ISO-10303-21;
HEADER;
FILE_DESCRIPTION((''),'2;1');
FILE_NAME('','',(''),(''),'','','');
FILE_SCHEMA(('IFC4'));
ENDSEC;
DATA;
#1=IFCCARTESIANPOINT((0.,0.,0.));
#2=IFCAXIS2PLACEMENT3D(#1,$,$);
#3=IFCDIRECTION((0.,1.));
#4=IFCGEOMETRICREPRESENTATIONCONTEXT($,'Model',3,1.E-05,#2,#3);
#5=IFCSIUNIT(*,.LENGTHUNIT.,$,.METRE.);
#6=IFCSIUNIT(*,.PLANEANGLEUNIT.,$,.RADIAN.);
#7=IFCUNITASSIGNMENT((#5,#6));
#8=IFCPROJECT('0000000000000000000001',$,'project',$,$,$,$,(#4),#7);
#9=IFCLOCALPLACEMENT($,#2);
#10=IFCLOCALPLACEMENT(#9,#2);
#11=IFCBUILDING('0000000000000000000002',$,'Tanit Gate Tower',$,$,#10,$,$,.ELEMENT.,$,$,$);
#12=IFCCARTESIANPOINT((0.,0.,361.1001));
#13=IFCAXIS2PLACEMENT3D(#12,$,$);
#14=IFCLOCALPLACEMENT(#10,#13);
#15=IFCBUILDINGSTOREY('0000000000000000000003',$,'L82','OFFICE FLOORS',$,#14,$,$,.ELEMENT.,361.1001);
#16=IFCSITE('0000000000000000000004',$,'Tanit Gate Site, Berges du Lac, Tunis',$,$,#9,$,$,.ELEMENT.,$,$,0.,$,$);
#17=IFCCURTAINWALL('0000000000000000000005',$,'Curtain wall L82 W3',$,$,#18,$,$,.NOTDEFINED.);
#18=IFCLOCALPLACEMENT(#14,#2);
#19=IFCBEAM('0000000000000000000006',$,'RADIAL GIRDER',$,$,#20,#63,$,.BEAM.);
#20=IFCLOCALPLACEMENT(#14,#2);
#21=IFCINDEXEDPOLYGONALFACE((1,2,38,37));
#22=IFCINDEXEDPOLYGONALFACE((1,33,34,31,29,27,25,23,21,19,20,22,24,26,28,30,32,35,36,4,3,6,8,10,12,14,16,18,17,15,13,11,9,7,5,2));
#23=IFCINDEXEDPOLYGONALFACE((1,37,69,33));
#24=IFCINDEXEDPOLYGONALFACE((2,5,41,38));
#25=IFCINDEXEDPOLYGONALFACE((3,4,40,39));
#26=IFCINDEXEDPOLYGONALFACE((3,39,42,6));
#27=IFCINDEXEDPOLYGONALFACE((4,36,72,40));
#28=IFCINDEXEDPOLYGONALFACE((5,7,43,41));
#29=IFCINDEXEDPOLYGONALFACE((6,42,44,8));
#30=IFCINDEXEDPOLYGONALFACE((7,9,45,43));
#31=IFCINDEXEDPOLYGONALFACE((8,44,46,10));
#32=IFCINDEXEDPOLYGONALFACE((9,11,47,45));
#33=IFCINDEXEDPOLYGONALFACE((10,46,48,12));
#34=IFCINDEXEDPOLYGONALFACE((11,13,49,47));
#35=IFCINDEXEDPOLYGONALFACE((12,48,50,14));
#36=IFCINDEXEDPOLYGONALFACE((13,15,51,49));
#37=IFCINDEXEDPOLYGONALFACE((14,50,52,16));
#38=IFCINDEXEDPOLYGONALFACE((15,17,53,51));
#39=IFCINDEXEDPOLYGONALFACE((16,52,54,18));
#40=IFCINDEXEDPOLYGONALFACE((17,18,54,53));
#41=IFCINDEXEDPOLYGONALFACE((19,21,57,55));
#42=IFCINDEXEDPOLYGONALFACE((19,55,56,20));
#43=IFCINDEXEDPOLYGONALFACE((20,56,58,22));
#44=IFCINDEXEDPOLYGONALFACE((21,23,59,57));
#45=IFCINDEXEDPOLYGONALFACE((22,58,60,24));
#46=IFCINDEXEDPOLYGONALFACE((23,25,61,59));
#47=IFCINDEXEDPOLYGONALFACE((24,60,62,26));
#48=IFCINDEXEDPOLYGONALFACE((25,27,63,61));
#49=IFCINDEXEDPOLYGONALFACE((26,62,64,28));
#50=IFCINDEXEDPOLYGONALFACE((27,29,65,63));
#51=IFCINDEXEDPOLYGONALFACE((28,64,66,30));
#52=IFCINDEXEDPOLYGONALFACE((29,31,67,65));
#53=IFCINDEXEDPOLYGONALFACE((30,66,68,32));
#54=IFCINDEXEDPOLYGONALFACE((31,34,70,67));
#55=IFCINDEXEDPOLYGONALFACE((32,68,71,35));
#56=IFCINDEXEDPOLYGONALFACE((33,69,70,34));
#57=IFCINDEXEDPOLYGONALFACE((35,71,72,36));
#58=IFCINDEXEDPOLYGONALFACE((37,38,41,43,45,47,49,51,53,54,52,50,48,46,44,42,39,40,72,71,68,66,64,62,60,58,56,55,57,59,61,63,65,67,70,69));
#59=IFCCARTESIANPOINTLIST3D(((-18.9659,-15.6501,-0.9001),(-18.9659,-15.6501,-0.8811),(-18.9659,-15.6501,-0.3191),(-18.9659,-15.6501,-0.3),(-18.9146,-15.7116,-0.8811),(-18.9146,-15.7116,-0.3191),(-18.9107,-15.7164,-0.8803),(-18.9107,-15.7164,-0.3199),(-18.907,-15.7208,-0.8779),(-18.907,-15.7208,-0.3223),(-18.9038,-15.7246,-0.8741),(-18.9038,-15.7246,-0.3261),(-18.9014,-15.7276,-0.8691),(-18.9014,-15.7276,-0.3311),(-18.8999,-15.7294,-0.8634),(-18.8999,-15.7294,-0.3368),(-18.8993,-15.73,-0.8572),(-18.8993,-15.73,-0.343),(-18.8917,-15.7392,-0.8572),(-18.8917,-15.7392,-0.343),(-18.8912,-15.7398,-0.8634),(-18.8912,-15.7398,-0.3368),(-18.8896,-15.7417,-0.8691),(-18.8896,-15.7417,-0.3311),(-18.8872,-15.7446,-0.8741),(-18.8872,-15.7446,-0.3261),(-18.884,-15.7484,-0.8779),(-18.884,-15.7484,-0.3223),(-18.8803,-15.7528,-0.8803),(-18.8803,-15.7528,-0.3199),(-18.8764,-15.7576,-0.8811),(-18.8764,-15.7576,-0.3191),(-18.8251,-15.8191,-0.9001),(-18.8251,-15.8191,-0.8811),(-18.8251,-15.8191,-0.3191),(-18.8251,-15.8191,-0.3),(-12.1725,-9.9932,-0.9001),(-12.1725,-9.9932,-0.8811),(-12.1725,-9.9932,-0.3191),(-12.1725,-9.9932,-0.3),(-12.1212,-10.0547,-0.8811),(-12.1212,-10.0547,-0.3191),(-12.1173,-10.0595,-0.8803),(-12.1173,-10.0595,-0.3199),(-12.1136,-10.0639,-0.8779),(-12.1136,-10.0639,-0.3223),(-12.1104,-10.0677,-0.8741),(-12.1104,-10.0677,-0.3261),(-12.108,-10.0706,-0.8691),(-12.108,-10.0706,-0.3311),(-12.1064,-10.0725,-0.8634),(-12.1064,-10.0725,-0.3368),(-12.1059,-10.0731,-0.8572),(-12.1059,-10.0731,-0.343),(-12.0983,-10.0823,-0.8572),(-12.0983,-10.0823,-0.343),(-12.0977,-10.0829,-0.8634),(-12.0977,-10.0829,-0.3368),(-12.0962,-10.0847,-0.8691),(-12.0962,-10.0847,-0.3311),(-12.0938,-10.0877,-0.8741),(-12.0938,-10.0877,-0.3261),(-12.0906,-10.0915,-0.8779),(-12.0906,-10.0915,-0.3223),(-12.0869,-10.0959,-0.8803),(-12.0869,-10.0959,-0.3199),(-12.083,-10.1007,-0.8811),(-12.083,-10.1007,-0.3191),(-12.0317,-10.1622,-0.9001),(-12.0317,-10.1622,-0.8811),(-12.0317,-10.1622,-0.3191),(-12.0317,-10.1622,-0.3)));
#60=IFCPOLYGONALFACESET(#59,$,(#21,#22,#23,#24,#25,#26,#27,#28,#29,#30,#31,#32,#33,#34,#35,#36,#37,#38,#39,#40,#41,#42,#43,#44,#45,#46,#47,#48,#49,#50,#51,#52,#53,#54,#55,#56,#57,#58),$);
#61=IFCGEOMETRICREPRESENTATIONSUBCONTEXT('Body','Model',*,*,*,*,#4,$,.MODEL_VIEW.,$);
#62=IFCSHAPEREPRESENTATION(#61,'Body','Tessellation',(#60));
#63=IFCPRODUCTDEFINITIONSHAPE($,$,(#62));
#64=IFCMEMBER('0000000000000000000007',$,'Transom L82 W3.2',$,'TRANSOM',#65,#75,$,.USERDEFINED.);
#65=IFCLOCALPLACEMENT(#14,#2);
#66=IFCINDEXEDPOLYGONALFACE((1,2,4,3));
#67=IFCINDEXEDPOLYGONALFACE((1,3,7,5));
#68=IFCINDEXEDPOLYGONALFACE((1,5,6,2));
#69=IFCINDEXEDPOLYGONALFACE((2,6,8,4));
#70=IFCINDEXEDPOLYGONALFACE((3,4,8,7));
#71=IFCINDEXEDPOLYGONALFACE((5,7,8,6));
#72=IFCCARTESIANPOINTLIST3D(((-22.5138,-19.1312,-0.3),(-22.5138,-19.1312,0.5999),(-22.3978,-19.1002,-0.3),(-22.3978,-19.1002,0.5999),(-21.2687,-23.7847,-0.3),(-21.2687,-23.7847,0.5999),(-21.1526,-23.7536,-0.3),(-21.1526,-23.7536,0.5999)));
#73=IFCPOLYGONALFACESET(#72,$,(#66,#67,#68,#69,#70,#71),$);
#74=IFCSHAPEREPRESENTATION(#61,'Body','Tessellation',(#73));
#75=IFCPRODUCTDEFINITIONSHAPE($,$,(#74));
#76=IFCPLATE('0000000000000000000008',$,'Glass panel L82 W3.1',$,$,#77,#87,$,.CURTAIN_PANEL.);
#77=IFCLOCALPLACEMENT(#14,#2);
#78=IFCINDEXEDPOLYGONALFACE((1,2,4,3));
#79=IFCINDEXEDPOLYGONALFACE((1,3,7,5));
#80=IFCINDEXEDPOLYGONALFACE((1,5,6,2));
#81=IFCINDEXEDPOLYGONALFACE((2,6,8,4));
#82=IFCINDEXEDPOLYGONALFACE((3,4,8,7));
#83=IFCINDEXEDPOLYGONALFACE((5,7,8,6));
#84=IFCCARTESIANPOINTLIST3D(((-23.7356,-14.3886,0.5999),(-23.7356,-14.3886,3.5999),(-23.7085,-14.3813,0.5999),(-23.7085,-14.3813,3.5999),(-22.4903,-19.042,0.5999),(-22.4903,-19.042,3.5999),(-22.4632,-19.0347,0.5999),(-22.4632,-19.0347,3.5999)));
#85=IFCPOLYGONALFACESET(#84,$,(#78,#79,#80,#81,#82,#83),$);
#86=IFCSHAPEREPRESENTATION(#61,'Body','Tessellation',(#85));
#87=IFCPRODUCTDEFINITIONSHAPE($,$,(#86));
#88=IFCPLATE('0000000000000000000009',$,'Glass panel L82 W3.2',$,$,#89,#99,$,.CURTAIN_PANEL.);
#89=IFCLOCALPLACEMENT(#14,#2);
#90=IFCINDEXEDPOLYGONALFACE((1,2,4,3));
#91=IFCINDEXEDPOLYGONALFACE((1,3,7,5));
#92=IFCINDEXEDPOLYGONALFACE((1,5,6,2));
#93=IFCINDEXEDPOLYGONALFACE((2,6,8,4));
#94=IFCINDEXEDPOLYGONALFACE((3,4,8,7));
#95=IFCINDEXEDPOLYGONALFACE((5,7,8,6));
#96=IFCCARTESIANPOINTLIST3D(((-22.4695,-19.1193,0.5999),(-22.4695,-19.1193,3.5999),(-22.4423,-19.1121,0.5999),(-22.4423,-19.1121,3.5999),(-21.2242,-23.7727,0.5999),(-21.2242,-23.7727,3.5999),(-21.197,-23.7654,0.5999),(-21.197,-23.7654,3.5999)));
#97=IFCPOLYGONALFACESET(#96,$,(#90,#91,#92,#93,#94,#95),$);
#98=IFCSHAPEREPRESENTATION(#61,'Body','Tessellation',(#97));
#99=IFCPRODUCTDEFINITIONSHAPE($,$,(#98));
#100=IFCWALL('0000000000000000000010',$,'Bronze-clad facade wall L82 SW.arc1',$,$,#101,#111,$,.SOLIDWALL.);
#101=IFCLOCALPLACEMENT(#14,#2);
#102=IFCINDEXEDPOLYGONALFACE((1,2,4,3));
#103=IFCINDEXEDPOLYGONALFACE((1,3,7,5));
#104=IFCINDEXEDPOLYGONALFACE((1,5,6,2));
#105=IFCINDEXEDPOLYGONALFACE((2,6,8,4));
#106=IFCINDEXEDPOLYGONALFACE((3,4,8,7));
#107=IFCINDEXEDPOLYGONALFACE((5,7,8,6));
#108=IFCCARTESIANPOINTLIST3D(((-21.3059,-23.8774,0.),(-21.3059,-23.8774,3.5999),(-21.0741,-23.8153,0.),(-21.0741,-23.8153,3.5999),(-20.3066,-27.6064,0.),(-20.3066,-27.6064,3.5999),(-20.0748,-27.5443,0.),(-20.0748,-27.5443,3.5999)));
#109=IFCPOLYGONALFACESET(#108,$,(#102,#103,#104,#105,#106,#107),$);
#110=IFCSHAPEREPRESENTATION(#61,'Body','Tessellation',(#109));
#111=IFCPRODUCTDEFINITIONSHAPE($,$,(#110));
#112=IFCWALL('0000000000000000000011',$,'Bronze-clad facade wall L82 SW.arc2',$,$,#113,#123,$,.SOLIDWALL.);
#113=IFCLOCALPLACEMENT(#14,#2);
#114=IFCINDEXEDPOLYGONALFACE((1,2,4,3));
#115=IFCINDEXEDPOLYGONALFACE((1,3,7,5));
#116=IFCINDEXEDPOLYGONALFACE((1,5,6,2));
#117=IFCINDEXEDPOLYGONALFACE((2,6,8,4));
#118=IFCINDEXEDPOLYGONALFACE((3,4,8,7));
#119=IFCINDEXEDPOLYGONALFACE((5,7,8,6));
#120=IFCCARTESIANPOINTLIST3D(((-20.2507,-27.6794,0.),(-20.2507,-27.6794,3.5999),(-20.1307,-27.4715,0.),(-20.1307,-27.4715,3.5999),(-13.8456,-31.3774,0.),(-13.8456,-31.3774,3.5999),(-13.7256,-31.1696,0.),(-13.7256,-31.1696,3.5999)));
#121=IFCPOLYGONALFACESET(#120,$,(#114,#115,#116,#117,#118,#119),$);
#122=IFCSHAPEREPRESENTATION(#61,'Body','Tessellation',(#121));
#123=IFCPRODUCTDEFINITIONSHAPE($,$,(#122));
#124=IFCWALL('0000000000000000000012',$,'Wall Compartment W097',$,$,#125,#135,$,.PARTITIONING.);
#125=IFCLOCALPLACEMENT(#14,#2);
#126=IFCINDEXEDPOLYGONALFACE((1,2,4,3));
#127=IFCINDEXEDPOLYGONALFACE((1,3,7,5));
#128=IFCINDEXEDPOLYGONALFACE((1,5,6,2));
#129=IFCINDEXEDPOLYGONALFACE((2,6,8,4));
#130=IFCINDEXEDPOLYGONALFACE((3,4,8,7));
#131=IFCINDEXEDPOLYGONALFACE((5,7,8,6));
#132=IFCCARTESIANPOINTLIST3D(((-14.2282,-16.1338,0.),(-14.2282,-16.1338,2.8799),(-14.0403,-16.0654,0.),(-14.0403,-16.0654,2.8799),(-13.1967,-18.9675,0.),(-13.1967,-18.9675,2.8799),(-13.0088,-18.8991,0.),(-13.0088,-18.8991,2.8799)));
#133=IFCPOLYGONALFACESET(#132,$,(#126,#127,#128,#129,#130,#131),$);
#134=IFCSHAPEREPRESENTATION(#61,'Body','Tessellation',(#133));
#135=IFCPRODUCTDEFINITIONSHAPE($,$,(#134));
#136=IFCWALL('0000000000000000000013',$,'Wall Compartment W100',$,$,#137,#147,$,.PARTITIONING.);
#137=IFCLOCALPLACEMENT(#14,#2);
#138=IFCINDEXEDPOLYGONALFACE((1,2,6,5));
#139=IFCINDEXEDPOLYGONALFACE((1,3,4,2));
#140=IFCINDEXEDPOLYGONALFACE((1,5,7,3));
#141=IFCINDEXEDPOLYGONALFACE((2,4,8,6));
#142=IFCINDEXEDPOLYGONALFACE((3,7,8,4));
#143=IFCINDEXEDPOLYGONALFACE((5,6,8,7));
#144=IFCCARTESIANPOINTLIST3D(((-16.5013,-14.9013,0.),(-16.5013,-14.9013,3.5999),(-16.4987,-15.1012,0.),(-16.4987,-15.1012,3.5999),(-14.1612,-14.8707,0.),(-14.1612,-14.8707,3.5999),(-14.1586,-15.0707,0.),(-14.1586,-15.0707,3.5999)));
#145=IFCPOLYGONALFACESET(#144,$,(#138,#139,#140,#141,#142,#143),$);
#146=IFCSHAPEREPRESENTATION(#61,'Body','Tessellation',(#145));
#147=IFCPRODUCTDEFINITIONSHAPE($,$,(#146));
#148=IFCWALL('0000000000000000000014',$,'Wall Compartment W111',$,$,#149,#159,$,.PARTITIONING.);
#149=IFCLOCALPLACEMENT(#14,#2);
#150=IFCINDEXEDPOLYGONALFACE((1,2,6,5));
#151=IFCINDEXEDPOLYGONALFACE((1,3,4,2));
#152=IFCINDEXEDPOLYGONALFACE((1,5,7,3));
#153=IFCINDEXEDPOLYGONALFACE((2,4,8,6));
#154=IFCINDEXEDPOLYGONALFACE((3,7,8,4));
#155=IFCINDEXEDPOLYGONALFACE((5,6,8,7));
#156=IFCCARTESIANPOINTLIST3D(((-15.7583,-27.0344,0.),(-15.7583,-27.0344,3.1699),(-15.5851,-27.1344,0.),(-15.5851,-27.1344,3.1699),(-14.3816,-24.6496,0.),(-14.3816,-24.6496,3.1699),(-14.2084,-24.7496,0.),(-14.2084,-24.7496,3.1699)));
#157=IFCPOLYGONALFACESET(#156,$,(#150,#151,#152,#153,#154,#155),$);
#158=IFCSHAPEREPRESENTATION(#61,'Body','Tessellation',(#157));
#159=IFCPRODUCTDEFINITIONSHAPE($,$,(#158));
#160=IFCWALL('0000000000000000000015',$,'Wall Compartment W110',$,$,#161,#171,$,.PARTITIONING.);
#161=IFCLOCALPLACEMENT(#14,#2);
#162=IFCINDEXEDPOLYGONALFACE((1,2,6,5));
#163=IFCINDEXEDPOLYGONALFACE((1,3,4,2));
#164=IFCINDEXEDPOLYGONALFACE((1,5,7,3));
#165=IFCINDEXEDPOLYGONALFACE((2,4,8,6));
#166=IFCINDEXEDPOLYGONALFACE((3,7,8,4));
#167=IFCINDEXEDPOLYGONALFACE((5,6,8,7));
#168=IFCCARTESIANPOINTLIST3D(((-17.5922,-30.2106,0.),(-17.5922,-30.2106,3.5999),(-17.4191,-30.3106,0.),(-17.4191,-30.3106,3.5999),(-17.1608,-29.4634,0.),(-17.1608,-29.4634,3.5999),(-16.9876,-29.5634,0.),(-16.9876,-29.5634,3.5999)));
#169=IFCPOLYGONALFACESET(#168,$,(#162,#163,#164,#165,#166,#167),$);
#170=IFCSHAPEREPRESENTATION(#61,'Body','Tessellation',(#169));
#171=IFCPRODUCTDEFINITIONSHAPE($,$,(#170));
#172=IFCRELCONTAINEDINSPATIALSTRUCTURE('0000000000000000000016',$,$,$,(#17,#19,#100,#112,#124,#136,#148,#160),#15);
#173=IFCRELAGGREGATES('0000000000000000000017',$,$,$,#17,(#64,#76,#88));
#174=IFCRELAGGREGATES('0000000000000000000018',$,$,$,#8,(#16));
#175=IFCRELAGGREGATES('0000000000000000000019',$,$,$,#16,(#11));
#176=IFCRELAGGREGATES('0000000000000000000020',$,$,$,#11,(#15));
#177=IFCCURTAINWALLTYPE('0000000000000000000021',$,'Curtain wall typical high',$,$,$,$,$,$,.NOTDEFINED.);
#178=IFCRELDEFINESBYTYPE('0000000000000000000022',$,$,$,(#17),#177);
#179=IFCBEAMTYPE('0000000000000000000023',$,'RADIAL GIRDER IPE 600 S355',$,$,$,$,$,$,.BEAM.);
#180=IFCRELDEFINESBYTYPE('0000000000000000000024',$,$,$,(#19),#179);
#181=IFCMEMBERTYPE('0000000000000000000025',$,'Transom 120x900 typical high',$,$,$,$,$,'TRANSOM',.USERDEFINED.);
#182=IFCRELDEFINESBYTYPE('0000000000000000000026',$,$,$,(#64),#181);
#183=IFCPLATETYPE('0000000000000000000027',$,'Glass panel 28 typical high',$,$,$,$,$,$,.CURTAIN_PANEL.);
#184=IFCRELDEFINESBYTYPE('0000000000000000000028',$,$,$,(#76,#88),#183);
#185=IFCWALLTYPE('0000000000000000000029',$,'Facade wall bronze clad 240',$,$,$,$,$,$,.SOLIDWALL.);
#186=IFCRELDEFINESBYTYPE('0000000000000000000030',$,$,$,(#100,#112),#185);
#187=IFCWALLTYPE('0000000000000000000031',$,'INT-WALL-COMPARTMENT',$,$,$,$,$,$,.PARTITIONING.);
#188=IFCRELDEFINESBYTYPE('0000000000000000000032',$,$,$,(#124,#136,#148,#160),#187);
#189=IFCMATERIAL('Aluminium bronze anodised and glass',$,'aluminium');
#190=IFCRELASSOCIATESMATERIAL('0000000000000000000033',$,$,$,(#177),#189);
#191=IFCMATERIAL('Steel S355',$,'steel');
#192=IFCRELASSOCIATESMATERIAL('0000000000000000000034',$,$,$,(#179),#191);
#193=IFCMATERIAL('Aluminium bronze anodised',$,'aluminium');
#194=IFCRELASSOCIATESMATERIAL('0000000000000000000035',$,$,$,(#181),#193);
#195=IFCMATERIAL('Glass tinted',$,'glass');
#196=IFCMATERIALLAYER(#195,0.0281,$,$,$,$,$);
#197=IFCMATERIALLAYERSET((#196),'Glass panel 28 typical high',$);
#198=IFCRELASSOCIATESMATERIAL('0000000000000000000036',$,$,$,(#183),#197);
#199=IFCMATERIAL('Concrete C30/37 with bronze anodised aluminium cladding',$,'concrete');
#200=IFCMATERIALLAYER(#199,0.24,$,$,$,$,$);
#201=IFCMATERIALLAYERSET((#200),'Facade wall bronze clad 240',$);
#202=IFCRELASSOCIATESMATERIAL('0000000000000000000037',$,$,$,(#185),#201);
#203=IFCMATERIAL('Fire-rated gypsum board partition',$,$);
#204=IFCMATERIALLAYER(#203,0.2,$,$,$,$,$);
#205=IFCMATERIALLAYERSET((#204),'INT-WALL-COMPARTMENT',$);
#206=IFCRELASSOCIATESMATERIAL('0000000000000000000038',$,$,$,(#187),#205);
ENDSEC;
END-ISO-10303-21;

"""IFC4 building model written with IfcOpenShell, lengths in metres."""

from ifc_helpers import new_model, si_unit, direction, frame, frame_2d, origin, origin_2d, place, context, subcontext, project, spatial, rectangle, i_section, extrude, material, layer, layer_set, material_profile, profile_set, type_object, element, aggregate, save


model = new_model("IFC4")

# Units and contexts
model_context = context("Model", 3, precision=1e-05, world=origin(), true_north=direction((0.0, 1.0)))
body_context = subcontext(model_context, "Body", "Model", "MODEL_VIEW")
ifc_project = project(units=[si_unit("LENGTHUNIT", "METRE"), si_unit("PLANEANGLEUNIT", "RADIAN")], contexts=[model_context])

# Site, building, storey
site_placement = place(None, origin())
site = spatial("IfcSite", under=ifc_project, at=site_placement, Name="Tanit Gate Site, Berges du Lac, Tunis", CompositionType="ELEMENT", RefElevation=0.0)
building_placement = place(site_placement, origin())
building = spatial("IfcBuilding", under=site, at=building_placement, Name="Tanit Gate Tower", CompositionType="ELEMENT")
storey_placement = place(building_placement, frame((0.0, 0.0, 361.1001)))
storey = spatial("IfcBuildingStorey", under=building, at=storey_placement, Name="L82", Description="OFFICE FLOORS", CompositionType="ELEMENT", Elevation=361.1001)

# Curtain wall
ifc_material_1 = material(Name="Aluminium bronze anodised and glass", Category="aluminium")
curtain_wall_type = type_object("IfcCurtainWallType", Name="Curtain wall typical high", PredefinedType="NOTDEFINED", material=ifc_material_1)
curtain_wall_placement = place(storey_placement, origin())
curtain_wall = element("IfcCurtainWall", 1, at=curtain_wall_placement, inside=storey, type_object=curtain_wall_type, Name="Curtain wall L82 W3", PredefinedType="NOTDEFINED")

# Beam
ifc_material_2 = material(Name="Steel S355", Category="steel")
ifc_material_profile_1 = material_profile(ifc_material_2, i_section(OverallWidth=0.22, OverallDepth=0.6001, WebThickness=0.012, FlangeThickness=0.019, FilletRadius=0.0239, at=origin_2d()), Name="IPE 600")
ifc_profile_set_1 = profile_set([ifc_material_profile_1], Name="Steel S355")
beam_type_1 = type_object("IfcBeamType", Name="RADIAL GIRDER IPE 600 S355", PredefinedType="BEAM", material=ifc_profile_set_1)
beam_1_placement = place(storey_placement, frame((-18.8955, -15.7346, -0.6001), z_axis=(0.768457, 0.639902, 0.0), x_axis=(-0.639902, 0.768457, 0.0)))
element("IfcBeam", 2, at=beam_1_placement, inside=storey, type_object=beam_type_1, Name="RADIAL GIRDER", PredefinedType="BEAM", context=body_context, shape_type="SweptSolid", body=[
    extrude(i_section(OverallWidth=0.22, OverallDepth=0.6001, WebThickness=0.012, FlangeThickness=0.019, FilletRadius=0.0239, at=origin_2d()), origin(), (0.0, 0.0, 1.0), 8.8403),
])

# Member
ifc_material_3 = material(Name="Aluminium bronze anodised", Category="aluminium")
ifc_material_profile_2 = material_profile(ifc_material_3, rectangle(XDim=0.1201, YDim=0.8999, at=origin_2d()), Name="120x900 bronze transom")
ifc_profile_set_2 = profile_set([ifc_material_profile_2], Name="Aluminium bronze anodised")
member_type_1 = type_object("IfcMemberType", Name="Transom 120x900 typical high", ElementType="TRANSOM", PredefinedType="USERDEFINED", material=ifc_profile_set_2)
member_1_placement = place(storey_placement, frame((-22.4558, -19.1157, 0.1499), z_axis=(0.258483, -0.966016, 0.0), x_axis=(0.966016, 0.258483, 0.0)))
member_1 = element("IfcMember", 3, at=member_1_placement, type_object=member_type_1, Name="Transom L82 W3.2", ObjectType="TRANSOM", PredefinedType="USERDEFINED", context=body_context, shape_type="SweptSolid", body=[
    extrude(rectangle(XDim=0.1201, YDim=0.8999, at=origin_2d()), origin(), (0.0, 0.0, 1.0), 4.8171),
])

# Plates
ifc_material_4 = material(Name="Glass tinted", Category="glass")
ifc_layer_1 = layer(ifc_material_4, 0.0281)
ifc_layer_set_1 = layer_set([ifc_layer_1], Name="Glass panel 28 typical high")
plate_type = type_object("IfcPlateType", Name="Glass panel 28 typical high", PredefinedType="CURTAIN_PANEL", material=ifc_layer_set_1)
plate_1_placement = place(storey_placement, frame((-23.0994, -16.7117, 0.5999), z_axis=(0.0, 0.0, 1.0), x_axis=(0.258516, -0.966007, 0.0)))
plate_1 = element("IfcPlate", 4, at=plate_1_placement, type_object=plate_type, Name="Glass panel L82 W3.1", PredefinedType="CURTAIN_PANEL", context=body_context, shape_type="SweptSolid", body=[
    extrude(rectangle(XDim=4.8171, YDim=0.0281, at=origin_2d()), origin(), (0.0, 0.0, 1.0), 3.0),
])
plate_2_placement = place(storey_placement, frame((-21.8333, -21.4424, 0.5999), z_axis=(0.0, 0.0, 1.0), x_axis=(0.258516, -0.966007, 0.0)))
plate_2 = element("IfcPlate", 5, at=plate_2_placement, type_object=plate_type, Name="Glass panel L82 W3.2", PredefinedType="CURTAIN_PANEL", context=body_context, shape_type="SweptSolid", body=[
    extrude(rectangle(XDim=4.8171, YDim=0.0281, at=origin_2d()), origin(), (0.0, 0.0, 1.0), 3.0),
])
aggregate(curtain_wall, [member_1, plate_1, plate_2])

# Walls
ifc_material_5 = material(Name="Concrete C30/37 with bronze anodised aluminium cladding", Category="concrete")
ifc_layer_2 = layer(ifc_material_5, 0.24)
ifc_layer_set_2 = layer_set([ifc_layer_2], Name="Facade wall bronze clad 240")
wall_type_1 = type_object("IfcWallType", Name="Facade wall bronze clad 240", PredefinedType="SOLIDWALL", material=ifc_layer_set_2)
wall_1_placement = place(storey_placement, frame((-21.1899, -23.8464, 0.0), z_axis=(0.0, 0.0, 1.0), x_axis=(0.258839, -0.96592, 0.0)))
element("IfcWall", 6, at=wall_1_placement, inside=storey, type_object=wall_type_1, Name="Bronze-clad facade wall L82 SW.arc1", PredefinedType="SOLIDWALL", context=body_context, shape_type="SweptSolid", body=[
    extrude(rectangle(XDim=3.8606, YDim=0.24, at=frame_2d((1.9302, 0.0))), origin(), (0.0, 0.0, 1.0), 3.5999),
])
wall_2_placement = place(storey_placement, frame((-20.1907, -27.5754, 0.0), z_axis=(0.0, 0.0, 1.0), x_axis=(0.866022, -0.500005, 0.0)))
element("IfcWall", 7, at=wall_2_placement, inside=storey, type_object=wall_type_1, Name="Bronze-clad facade wall L82 SW.arc2", PredefinedType="SOLIDWALL", context=body_context, shape_type="SweptSolid", body=[
    extrude(rectangle(XDim=7.396, YDim=0.24, at=frame_2d((3.698, 0.0))), origin(), (0.0, 0.0, 1.0), 3.5999),
])
ifc_material_6 = material(Name="Fire-rated gypsum board partition")
ifc_layer_3 = layer(ifc_material_6, 0.2)
ifc_layer_set_3 = layer_set([ifc_layer_3], Name="INT-WALL-COMPARTMENT")
wall_type_2 = type_object("IfcWallType", Name="INT-WALL-COMPARTMENT", PredefinedType="PARTITIONING", material=ifc_layer_set_3)
wall_3_placement = place(storey_placement, frame((-14.1343, -16.0996, 0.0), z_axis=(0.0, 0.0, 1.0), x_axis=(0.342049, -0.939682, 0.0)))
element("IfcWall", 8, at=wall_3_placement, inside=storey, type_object=wall_type_2, Name="Wall Compartment W097", PredefinedType="PARTITIONING", context=body_context, shape_type="SweptSolid", body=[
    extrude(rectangle(XDim=3.0156, YDim=0.2, at=frame_2d((1.5078, 0.0))), origin(), (0.0, 0.0, 1.0), 2.8799),
])
wall_4_placement = place(storey_placement, frame((-16.5, -15.0012, 0.0), z_axis=(0.0, 0.0, 1.0), x_axis=(0.999915, 0.01304, 0.0)))
element("IfcWall", 9, at=wall_4_placement, inside=storey, type_object=wall_type_2, Name="Wall Compartment W100", PredefinedType="PARTITIONING", context=body_context, shape_type="SweptSolid", body=[
    extrude(rectangle(XDim=2.3403, YDim=0.2, at=frame_2d((1.1702, 0.0))), origin(), (0.0, 0.0, 1.0), 3.5999),
])
wall_5_placement = place(storey_placement, frame((-14.2949, -24.6995, 0.0), z_axis=(0.0, 0.0, 1.0), x_axis=(-0.499963, -0.866047, 0.0)))
element("IfcWall", 10, at=wall_5_placement, inside=storey, type_object=wall_type_2, Name="Wall Compartment W111", PredefinedType="PARTITIONING", context=body_context, shape_type="SweptSolid", body=[
    extrude(rectangle(XDim=2.7537, YDim=0.2, at=frame_2d((1.377, 0.0))), origin(), (0.0, 0.0, 1.0), 3.1699),
])
wall_6_placement = place(storey_placement, frame((-17.0742, -29.5134, 0.0), z_axis=(0.0, 0.0, 1.0), x_axis=(-0.500065, -0.865988, 0.0)))
element("IfcWall", 11, at=wall_6_placement, inside=storey, type_object=wall_type_2, Name="Wall Compartment W110", PredefinedType="PARTITIONING", context=body_context, shape_type="SweptSolid", body=[
    extrude(rectangle(XDim=0.8628, YDim=0.2, at=frame_2d((0.4314, 0.0))), origin(), (0.0, 0.0, 1.0), 3.5999),
])

save(model, "model.ifc")
